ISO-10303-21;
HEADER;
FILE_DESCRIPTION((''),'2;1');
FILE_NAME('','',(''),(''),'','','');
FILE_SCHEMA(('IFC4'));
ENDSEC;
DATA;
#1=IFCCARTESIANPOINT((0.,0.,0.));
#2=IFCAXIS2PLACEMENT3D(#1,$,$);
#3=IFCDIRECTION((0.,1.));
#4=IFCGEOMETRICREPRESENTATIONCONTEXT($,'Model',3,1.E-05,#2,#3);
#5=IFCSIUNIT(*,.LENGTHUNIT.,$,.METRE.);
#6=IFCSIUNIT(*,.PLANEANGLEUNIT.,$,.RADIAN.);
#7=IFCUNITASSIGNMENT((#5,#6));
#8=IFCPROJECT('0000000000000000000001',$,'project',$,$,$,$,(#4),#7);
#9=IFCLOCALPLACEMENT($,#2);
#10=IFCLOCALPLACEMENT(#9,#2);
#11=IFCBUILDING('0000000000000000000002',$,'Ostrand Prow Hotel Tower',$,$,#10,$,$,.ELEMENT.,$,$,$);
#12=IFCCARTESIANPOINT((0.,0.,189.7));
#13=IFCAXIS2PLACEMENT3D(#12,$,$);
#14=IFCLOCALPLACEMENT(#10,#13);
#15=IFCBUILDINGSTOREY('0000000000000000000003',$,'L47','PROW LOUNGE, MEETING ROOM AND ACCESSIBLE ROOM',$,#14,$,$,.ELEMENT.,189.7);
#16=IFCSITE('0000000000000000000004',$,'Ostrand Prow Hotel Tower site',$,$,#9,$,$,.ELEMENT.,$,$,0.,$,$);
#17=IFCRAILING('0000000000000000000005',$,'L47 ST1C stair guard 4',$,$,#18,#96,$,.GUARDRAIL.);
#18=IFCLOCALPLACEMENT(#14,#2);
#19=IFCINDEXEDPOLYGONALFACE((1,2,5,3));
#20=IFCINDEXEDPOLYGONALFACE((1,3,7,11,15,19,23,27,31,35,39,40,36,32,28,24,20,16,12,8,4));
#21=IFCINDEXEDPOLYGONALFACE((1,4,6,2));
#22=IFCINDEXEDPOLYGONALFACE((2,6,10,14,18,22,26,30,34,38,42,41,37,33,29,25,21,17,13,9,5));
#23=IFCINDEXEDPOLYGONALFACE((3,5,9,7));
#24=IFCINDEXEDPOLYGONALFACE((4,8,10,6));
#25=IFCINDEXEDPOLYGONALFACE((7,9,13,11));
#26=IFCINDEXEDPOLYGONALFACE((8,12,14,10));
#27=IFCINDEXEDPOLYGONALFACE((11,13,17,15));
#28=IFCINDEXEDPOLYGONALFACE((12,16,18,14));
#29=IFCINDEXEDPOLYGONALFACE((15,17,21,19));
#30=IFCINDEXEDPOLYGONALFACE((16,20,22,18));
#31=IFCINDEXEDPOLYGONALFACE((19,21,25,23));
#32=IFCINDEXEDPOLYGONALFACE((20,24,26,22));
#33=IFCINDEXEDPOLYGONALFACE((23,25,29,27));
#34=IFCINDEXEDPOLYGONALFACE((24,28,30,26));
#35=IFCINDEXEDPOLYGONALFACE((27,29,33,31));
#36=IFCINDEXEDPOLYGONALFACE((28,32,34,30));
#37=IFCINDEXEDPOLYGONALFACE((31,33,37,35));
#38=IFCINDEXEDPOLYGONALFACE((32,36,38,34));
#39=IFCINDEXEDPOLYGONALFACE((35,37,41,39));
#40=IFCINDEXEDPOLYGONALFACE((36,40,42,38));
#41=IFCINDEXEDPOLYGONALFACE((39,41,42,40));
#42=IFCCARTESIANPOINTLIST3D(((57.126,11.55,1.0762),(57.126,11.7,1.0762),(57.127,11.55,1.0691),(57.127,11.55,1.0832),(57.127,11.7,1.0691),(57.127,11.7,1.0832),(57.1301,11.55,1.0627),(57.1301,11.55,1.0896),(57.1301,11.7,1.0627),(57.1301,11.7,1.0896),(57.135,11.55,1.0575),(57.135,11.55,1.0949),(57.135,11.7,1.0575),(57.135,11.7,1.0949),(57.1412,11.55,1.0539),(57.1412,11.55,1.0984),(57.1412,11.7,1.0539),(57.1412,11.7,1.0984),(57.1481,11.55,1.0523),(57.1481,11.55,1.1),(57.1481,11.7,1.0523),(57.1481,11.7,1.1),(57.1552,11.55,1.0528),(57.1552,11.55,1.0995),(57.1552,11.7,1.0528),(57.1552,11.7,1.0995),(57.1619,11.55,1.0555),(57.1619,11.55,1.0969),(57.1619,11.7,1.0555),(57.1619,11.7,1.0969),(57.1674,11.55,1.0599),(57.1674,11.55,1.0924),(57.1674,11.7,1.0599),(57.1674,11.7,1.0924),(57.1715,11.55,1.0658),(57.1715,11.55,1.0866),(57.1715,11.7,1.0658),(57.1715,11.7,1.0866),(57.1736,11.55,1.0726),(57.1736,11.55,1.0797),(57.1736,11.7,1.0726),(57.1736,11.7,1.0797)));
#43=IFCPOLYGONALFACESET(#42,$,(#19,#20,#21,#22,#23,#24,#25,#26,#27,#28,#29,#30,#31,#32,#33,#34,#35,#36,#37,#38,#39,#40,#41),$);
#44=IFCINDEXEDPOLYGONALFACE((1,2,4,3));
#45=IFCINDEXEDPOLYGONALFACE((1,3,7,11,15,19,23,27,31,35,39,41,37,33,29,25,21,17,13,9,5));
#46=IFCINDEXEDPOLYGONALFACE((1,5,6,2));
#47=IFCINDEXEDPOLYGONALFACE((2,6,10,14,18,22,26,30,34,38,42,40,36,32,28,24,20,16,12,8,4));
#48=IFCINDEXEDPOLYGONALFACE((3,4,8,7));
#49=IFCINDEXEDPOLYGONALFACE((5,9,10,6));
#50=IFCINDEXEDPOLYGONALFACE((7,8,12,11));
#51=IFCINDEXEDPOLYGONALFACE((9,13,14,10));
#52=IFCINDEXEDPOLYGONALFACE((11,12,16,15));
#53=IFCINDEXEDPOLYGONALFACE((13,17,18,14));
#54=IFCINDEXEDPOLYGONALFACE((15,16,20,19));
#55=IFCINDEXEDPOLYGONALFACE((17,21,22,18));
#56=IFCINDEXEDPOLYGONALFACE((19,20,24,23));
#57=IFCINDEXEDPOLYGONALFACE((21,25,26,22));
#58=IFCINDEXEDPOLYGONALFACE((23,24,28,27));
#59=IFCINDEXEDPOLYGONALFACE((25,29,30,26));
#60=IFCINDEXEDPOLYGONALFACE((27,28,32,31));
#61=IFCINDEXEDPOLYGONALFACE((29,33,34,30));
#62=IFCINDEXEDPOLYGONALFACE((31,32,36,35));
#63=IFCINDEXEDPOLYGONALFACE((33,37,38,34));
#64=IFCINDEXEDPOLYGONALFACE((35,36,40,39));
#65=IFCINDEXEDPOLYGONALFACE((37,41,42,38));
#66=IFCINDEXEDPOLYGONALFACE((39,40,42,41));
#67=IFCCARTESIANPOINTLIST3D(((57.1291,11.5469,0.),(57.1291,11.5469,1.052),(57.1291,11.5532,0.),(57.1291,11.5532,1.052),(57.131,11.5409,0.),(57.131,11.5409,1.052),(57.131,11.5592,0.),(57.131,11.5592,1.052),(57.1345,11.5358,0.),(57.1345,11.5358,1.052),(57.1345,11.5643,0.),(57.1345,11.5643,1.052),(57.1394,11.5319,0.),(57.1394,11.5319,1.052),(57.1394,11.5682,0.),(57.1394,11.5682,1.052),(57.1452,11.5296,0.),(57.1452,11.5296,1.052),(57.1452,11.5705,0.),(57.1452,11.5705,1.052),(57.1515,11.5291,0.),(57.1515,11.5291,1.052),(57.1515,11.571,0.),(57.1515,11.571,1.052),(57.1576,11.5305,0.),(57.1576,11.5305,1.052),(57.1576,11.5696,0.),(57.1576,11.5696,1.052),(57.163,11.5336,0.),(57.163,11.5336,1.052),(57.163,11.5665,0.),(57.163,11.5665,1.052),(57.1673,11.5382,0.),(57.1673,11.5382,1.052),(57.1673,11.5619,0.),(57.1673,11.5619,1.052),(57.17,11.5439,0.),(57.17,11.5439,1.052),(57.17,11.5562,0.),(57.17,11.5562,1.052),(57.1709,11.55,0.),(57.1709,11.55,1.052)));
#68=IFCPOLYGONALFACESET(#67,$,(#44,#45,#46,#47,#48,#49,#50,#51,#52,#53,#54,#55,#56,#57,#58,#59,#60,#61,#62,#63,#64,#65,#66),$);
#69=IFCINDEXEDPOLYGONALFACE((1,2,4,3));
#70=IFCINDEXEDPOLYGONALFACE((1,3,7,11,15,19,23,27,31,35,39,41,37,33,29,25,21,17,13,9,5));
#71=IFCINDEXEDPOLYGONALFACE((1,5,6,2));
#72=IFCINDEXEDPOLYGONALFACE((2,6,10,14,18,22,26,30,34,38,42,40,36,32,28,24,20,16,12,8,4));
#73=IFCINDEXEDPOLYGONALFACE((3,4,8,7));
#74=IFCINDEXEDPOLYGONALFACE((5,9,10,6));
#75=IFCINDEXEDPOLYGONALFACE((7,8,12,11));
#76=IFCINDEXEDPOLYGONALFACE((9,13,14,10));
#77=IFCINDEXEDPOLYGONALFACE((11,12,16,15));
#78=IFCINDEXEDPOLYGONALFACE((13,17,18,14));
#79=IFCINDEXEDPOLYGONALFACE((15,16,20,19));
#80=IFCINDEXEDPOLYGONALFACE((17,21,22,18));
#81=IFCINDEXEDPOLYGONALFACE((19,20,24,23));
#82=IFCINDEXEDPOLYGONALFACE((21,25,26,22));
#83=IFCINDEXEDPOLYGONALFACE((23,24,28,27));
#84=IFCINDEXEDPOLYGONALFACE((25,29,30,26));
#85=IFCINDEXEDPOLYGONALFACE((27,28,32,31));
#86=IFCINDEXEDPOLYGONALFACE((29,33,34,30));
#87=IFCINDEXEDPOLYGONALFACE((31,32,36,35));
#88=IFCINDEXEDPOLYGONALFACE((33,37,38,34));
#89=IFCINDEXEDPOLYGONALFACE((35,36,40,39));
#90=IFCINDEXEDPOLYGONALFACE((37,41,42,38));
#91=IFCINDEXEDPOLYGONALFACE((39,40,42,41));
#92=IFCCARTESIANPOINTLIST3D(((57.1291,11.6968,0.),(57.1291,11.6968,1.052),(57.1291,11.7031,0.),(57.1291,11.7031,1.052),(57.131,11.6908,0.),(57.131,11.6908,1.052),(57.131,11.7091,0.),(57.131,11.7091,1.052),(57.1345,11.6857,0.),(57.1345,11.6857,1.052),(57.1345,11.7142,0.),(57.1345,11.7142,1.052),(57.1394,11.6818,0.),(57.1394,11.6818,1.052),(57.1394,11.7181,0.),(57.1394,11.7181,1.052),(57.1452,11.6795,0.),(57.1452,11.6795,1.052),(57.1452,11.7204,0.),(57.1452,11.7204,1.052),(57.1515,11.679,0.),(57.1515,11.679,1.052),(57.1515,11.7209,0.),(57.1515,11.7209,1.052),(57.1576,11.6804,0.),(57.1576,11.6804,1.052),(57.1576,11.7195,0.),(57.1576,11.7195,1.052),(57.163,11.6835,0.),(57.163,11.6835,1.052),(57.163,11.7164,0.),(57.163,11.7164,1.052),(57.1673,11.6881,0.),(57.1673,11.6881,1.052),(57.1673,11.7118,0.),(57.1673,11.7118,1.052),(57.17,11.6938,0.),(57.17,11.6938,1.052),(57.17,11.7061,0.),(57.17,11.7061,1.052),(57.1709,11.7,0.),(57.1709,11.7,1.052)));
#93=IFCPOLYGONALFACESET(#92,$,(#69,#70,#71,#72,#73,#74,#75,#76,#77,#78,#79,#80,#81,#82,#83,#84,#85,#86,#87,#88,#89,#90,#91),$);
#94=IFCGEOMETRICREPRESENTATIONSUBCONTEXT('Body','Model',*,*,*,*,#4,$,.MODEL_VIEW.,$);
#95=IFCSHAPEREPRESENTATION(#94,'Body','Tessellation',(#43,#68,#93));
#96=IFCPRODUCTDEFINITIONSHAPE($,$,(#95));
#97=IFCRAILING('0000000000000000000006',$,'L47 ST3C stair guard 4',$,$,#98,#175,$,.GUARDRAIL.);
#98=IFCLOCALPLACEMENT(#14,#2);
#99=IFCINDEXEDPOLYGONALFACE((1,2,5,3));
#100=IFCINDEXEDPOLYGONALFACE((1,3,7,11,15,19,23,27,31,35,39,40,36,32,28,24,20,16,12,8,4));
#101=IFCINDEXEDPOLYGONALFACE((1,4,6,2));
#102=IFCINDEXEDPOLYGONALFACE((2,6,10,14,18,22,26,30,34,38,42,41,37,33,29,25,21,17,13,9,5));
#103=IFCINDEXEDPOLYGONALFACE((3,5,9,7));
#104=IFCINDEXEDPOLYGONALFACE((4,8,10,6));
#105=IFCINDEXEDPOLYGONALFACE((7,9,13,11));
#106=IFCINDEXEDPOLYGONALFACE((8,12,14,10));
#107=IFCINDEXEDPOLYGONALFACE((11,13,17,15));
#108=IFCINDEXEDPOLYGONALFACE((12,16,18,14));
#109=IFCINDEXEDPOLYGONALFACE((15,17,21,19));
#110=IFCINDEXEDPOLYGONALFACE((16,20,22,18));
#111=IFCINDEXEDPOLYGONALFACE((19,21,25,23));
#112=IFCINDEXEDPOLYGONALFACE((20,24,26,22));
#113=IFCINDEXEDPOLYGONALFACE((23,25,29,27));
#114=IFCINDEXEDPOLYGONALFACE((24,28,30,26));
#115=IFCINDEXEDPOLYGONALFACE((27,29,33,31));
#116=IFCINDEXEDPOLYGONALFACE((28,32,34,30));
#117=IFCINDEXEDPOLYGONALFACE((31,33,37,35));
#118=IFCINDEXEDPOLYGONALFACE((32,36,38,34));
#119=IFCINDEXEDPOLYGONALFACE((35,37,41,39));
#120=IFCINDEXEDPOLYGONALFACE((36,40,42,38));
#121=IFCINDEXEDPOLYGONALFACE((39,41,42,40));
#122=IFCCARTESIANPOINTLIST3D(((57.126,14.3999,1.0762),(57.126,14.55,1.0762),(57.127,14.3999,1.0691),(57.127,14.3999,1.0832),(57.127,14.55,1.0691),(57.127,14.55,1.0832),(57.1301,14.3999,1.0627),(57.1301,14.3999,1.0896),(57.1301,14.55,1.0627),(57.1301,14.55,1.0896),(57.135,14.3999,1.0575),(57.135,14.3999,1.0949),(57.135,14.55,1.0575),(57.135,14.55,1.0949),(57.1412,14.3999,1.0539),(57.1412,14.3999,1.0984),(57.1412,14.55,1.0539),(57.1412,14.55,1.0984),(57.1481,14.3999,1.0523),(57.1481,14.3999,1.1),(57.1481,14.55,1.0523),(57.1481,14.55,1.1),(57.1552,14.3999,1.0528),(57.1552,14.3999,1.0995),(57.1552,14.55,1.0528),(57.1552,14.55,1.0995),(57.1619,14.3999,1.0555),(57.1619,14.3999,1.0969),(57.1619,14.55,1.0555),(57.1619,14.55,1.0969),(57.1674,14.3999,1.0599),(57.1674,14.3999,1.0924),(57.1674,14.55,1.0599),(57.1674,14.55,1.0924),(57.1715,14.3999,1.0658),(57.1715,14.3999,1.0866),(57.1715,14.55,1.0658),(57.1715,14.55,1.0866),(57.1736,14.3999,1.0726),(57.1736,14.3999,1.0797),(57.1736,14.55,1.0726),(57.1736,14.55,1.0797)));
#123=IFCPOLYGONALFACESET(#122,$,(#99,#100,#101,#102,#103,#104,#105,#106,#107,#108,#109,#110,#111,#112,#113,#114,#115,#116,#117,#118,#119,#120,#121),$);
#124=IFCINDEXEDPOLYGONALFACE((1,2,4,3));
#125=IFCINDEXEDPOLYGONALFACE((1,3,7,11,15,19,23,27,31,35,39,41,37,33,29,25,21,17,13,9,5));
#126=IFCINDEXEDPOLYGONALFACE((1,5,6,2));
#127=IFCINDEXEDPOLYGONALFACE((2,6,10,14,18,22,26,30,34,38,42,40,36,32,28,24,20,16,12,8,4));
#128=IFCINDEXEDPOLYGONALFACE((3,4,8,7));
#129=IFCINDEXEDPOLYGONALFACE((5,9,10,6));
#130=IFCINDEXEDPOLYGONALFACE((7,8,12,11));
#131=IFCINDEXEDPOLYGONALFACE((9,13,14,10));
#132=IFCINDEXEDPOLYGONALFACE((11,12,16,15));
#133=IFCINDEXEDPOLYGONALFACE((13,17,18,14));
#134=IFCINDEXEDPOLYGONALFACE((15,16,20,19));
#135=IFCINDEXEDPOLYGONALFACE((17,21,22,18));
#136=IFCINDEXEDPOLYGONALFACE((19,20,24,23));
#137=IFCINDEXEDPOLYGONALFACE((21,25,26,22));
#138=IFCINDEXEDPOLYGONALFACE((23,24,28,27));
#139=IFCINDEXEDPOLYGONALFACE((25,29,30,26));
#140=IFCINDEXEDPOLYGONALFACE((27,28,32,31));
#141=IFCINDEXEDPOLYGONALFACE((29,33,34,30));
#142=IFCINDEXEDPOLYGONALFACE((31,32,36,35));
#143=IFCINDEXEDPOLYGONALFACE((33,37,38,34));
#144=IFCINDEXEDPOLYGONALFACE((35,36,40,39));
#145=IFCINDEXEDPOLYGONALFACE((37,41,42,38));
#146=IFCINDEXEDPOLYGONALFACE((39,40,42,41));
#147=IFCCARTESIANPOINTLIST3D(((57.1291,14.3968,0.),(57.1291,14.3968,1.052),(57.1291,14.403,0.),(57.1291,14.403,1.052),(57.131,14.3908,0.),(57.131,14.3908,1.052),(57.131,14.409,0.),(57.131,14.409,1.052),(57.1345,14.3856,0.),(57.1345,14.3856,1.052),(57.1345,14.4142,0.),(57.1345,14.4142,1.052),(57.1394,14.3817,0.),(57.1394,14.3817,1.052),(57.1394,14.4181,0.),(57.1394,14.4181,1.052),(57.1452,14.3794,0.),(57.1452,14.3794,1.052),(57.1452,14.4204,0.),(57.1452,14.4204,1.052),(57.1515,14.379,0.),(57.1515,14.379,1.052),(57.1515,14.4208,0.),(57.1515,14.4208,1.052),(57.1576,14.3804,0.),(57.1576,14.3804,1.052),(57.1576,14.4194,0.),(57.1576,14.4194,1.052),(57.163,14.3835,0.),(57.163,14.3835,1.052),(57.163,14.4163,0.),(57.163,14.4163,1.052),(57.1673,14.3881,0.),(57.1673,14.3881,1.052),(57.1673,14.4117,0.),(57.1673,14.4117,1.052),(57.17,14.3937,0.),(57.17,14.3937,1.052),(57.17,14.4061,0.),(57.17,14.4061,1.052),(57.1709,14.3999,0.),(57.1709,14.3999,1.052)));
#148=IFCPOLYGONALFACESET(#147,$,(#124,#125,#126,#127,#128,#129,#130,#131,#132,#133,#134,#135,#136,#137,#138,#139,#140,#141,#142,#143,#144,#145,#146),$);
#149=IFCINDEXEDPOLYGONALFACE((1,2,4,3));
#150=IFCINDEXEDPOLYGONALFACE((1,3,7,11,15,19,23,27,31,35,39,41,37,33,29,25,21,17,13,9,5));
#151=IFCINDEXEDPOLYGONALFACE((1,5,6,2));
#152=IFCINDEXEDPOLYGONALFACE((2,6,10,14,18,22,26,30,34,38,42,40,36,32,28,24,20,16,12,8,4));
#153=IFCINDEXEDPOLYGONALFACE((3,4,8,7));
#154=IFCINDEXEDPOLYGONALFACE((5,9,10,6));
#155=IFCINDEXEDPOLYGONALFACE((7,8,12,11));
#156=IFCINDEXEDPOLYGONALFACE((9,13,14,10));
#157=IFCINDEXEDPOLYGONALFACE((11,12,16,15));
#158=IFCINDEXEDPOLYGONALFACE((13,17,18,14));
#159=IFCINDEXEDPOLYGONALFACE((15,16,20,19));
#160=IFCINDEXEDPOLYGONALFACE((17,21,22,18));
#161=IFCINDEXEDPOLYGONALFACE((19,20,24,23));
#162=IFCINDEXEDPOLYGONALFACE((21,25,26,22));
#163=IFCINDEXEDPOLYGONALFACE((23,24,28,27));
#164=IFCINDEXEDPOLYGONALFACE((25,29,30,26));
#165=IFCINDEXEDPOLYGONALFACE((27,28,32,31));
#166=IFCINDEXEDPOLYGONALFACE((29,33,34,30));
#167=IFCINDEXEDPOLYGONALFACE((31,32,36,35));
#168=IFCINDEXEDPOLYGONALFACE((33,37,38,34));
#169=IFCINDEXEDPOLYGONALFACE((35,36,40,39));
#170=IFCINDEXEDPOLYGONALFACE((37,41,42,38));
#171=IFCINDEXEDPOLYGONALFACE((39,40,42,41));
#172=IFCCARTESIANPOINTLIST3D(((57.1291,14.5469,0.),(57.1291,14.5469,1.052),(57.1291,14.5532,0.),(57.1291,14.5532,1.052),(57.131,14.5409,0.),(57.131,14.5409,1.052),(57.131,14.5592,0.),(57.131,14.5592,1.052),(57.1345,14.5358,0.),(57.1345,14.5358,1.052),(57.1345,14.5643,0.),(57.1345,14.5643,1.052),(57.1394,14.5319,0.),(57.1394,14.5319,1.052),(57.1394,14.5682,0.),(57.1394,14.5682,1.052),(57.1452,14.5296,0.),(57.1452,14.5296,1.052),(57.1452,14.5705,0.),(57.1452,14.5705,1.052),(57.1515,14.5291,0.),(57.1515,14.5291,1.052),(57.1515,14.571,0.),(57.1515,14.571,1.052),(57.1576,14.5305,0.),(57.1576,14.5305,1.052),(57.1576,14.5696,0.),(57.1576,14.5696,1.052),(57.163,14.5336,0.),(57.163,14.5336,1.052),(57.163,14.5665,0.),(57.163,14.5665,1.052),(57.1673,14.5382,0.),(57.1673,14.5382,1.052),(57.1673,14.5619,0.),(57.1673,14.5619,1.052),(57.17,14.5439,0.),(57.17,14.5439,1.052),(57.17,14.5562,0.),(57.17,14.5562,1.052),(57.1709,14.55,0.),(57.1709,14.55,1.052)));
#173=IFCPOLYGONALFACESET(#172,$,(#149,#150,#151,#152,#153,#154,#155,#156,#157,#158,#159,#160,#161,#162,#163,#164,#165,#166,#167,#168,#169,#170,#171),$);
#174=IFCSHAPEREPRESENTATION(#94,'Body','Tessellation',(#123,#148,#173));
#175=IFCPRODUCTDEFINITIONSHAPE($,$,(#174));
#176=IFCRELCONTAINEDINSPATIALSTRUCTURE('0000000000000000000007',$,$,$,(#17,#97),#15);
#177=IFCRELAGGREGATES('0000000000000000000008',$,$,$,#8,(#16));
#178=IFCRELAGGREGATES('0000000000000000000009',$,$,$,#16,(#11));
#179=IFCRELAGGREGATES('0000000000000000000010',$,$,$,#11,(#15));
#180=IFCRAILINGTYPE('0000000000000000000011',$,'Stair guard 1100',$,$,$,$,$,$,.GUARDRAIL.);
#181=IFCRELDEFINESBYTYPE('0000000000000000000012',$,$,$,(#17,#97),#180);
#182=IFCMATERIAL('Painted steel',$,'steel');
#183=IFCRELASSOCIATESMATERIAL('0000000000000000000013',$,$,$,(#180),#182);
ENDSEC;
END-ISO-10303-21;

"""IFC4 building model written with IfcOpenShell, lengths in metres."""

from ifc_helpers import new_model, si_unit, direction, frame, origin, origin_2d, place, context, subcontext, project, spatial, circle, extrude, material, type_object, element, save


model = new_model("IFC4")

# Units and contexts
model_context = context("Model", 3, precision=1e-05, world=origin(), true_north=direction((0.0, 1.0)))
body_context = subcontext(model_context, "Body", "Model", "MODEL_VIEW")
ifc_project = project(units=[si_unit("LENGTHUNIT", "METRE"), si_unit("PLANEANGLEUNIT", "RADIAN")], contexts=[model_context])

# Site, building, storey
site_placement = place(None, origin())
site = spatial("IfcSite", under=ifc_project, at=site_placement, Name="Ostrand Prow Hotel Tower site", CompositionType="ELEMENT", RefElevation=0.0)
building_placement = place(site_placement, origin())
building = spatial("IfcBuilding", under=site, at=building_placement, Name="Ostrand Prow Hotel Tower", CompositionType="ELEMENT")
storey_placement = place(building_placement, frame((0.0, 0.0, 189.7)))
storey = spatial("IfcBuildingStorey", under=building, at=storey_placement, Name="L47", Description="PROW LOUNGE, MEETING ROOM AND ACCESSIBLE ROOM", CompositionType="ELEMENT", Elevation=189.7)

# Railings
ifc_material_1 = material(Name="Painted steel", Category="steel")
railing_type = type_object("IfcRailingType", Name="Stair guard 1100", PredefinedType="GUARDRAIL", material=ifc_material_1)
railing_1_placement = place(storey_placement, frame((57.1499, 11.55, 0.0)))
element("IfcRailing", 1, at=railing_1_placement, inside=storey, type_object=railing_type, Name="L47 ST1C stair guard 4", PredefinedType="GUARDRAIL", context=body_context, shape_type="SweptSolid", body=[
    extrude(circle(Radius=0.0239, at=origin_2d()), frame((0.0, 0.0, 1.0762), z_axis=(0.0, 1.0, 0.0), x_axis=(-1.0, 0.0, 0.0)), (0.0, 0.0, 1.0), 0.1499),
    extrude(circle(Radius=0.021, at=origin_2d()), origin(), (0.0, 0.0, 1.0), 1.052),
    extrude(circle(Radius=0.021, at=origin_2d()), frame((0.0, 0.1499, 0.0)), (0.0, 0.0, 1.0), 1.052),
])
railing_2_placement = place(storey_placement, frame((57.1499, 14.3999, 0.0)))
element("IfcRailing", 2, at=railing_2_placement, inside=storey, type_object=railing_type, Name="L47 ST3C stair guard 4", PredefinedType="GUARDRAIL", context=body_context, shape_type="SweptSolid", body=[
    extrude(circle(Radius=0.0239, at=origin_2d()), frame((0.0, 0.0, 1.0762), z_axis=(0.0, 1.0, 0.0), x_axis=(-1.0, 0.0, 0.0)), (0.0, 0.0, 1.0), 0.1501),
    extrude(circle(Radius=0.021, at=origin_2d()), origin(), (0.0, 0.0, 1.0), 1.052),
    extrude(circle(Radius=0.021, at=origin_2d()), frame((0.0, 0.1501, 0.0)), (0.0, 0.0, 1.0), 1.052),
])

save(model, "model.ifc")
